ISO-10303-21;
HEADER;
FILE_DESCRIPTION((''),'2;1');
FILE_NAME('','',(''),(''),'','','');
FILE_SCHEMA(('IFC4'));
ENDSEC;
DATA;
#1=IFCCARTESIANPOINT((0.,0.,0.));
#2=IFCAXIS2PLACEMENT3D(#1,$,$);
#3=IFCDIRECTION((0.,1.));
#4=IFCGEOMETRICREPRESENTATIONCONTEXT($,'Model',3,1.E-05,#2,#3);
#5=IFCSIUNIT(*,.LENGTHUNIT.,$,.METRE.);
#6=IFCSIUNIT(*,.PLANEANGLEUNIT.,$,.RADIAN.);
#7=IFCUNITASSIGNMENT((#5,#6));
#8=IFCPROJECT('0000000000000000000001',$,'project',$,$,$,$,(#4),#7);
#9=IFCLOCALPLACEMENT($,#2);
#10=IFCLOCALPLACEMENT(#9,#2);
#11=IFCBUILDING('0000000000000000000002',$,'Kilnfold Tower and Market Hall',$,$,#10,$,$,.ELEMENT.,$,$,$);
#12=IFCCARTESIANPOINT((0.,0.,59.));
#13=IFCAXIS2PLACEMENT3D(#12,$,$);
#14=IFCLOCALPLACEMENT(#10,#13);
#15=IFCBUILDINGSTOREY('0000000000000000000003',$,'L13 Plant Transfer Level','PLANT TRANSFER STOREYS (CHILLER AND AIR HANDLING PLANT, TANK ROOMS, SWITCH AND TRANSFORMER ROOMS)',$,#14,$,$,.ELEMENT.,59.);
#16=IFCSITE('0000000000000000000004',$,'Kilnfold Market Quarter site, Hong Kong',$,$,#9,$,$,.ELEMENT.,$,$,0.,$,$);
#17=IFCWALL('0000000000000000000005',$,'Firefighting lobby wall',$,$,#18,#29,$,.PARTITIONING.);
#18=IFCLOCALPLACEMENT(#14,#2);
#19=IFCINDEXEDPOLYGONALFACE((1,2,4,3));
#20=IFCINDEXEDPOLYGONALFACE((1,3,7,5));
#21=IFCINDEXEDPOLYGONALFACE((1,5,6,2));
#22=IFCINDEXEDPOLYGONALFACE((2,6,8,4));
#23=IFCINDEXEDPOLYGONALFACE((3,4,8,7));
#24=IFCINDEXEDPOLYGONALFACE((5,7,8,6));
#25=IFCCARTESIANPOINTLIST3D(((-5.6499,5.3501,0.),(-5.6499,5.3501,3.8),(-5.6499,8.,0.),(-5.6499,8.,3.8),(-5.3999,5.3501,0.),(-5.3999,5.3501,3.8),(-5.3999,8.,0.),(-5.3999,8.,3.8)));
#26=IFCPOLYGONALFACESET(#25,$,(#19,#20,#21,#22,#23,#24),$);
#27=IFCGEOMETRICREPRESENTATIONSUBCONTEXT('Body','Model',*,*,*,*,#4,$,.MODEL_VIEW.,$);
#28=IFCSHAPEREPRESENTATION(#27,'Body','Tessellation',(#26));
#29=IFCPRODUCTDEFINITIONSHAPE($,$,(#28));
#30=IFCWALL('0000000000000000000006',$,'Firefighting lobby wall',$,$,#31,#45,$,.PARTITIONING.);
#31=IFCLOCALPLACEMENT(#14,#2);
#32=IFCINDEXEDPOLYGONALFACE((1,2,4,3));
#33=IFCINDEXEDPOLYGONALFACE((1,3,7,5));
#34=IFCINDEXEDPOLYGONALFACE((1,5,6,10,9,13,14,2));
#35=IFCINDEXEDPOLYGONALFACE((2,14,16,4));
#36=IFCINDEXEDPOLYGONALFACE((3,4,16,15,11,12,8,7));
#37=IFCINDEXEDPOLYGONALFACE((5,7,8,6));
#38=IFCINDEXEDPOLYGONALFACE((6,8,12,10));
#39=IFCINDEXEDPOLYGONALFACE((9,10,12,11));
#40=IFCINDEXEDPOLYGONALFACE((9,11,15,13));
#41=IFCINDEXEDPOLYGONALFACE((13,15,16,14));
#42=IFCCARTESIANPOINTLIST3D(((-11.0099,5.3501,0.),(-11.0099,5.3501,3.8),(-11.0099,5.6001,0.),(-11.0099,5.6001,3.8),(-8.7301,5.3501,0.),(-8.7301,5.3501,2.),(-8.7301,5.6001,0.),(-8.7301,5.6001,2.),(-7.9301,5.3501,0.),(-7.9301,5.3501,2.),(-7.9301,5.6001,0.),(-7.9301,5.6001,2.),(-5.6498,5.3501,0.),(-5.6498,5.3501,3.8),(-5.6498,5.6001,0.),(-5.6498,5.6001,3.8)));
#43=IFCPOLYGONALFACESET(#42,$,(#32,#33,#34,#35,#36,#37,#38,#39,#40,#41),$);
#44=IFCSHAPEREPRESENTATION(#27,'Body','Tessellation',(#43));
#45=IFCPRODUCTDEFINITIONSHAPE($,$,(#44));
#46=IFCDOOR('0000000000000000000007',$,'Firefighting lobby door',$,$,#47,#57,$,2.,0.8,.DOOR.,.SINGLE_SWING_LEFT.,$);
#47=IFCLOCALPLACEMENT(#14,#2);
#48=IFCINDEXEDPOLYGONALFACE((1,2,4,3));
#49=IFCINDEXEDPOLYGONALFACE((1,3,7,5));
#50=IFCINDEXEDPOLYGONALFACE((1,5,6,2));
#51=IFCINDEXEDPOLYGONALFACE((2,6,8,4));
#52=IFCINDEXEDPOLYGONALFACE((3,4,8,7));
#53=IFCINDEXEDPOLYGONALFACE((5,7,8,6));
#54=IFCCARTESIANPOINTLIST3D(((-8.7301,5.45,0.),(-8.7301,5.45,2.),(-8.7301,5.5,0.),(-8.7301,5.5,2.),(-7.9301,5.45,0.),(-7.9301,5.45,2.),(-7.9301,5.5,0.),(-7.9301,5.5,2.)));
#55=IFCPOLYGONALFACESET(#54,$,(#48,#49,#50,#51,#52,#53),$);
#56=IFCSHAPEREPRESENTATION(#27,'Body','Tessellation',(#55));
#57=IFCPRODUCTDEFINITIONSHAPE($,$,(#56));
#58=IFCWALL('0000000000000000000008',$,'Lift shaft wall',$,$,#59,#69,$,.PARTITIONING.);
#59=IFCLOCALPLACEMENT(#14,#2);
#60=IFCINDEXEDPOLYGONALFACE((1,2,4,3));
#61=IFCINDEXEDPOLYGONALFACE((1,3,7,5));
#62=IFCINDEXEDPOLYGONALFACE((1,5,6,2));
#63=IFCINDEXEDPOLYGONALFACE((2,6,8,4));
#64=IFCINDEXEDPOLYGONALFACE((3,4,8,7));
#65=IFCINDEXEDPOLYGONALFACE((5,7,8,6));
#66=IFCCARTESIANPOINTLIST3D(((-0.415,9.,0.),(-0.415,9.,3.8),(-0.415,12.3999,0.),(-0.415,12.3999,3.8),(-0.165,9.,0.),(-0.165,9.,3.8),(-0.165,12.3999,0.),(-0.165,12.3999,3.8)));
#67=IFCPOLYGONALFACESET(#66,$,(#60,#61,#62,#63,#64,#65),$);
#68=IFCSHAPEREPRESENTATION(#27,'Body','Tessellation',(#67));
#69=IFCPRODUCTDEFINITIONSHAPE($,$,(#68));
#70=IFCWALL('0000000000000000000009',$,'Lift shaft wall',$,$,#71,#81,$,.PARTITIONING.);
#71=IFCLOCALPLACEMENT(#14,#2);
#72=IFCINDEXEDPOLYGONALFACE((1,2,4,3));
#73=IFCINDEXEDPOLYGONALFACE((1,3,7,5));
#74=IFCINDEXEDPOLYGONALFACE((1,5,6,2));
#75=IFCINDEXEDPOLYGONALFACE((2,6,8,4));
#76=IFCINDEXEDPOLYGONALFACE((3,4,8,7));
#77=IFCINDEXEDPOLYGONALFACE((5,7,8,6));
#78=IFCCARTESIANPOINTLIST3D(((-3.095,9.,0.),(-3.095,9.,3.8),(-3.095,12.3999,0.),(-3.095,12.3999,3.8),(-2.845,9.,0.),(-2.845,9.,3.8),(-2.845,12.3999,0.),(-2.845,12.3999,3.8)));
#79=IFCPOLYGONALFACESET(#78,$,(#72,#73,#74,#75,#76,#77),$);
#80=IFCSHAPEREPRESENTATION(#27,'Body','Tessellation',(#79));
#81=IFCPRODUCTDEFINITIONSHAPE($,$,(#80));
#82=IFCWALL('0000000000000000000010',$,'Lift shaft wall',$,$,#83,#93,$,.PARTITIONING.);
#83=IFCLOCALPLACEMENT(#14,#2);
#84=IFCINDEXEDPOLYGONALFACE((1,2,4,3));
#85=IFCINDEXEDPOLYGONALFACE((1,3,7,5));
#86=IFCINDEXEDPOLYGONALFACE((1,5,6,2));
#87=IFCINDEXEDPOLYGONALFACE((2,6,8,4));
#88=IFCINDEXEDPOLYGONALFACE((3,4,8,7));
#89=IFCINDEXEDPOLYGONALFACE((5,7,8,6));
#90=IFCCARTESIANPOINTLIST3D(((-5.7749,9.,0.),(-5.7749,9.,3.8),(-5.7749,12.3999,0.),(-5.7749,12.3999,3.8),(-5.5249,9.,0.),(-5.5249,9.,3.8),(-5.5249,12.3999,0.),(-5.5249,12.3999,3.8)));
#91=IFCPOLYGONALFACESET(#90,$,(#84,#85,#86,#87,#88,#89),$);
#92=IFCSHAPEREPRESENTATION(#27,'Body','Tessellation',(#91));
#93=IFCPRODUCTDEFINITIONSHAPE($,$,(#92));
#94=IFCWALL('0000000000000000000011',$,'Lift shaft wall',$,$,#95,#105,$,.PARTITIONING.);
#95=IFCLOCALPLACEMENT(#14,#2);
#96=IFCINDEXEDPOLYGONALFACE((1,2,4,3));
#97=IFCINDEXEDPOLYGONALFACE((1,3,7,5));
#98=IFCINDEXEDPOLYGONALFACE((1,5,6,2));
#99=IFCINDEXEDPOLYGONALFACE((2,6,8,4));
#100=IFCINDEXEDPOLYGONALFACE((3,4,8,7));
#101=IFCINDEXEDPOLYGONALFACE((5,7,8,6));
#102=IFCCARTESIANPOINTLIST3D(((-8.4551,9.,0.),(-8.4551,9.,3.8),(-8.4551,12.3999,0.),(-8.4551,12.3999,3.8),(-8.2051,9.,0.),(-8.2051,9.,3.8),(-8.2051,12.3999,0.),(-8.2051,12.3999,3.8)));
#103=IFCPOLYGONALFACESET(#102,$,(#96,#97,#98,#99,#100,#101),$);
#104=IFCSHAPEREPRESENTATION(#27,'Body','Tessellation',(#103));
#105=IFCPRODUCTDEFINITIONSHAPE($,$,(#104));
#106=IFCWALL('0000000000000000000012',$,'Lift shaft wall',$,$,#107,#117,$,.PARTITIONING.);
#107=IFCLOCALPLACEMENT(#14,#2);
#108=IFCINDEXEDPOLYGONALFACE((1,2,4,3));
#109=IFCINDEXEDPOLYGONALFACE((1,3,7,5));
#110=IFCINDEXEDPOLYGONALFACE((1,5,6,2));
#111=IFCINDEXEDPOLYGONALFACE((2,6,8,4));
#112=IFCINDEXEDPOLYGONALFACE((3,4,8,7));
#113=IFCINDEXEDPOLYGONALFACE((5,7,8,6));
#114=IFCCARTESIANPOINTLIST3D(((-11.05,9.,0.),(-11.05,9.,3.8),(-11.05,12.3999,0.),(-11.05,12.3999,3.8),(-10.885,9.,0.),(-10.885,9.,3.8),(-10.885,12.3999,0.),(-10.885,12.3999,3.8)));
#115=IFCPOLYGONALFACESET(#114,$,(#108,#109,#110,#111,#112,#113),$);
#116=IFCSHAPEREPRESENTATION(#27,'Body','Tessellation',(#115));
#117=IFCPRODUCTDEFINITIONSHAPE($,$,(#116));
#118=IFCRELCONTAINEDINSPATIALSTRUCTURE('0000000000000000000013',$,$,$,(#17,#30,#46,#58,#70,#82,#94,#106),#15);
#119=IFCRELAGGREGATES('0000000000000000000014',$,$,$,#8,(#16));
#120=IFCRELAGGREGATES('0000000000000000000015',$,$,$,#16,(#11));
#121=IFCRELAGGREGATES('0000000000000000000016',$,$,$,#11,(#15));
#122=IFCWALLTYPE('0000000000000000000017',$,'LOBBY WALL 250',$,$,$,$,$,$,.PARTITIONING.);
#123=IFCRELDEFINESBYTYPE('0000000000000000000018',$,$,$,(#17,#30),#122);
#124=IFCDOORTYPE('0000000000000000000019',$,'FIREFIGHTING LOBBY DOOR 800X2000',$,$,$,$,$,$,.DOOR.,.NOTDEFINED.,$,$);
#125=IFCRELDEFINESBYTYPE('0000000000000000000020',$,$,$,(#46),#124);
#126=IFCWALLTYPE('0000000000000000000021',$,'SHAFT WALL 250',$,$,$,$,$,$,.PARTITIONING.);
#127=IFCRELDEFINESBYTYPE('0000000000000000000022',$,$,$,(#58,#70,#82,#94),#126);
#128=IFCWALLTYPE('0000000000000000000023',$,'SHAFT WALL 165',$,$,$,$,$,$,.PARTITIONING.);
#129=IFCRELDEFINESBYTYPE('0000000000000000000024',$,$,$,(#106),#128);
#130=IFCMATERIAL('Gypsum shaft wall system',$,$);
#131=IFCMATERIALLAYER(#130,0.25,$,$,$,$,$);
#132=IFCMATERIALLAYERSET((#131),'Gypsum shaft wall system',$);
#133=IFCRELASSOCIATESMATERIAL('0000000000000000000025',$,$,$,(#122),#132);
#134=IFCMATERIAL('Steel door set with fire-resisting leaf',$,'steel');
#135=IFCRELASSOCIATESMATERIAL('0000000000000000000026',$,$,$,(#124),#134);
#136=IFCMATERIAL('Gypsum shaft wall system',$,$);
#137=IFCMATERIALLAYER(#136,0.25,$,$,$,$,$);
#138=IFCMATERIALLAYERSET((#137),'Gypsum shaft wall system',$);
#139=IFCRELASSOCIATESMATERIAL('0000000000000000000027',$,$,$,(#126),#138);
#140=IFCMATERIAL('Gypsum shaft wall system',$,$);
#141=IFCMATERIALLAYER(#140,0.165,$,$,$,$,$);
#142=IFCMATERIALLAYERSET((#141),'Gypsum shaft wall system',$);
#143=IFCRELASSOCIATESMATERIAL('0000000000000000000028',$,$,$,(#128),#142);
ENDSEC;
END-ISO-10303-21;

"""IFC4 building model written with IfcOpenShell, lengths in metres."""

from ifc_helpers import new_model, si_unit, direction, frame, frame_2d, origin, place, context, subcontext, project, spatial, rectangle, extrude, source, transform, mapped, material, layer, layer_set, type_object, element, fill, save


model = new_model("IFC4")

# Units and contexts
model_context = context("Model", 3, precision=1e-05, world=origin(), true_north=direction((0.0, 1.0)))
body_context = subcontext(model_context, "Body", "Model", "MODEL_VIEW")
ifc_project = project(units=[si_unit("LENGTHUNIT", "METRE"), si_unit("PLANEANGLEUNIT", "RADIAN")], contexts=[model_context])

# Site, building, storey
site_placement = place(None, origin())
site = spatial("IfcSite", under=ifc_project, at=site_placement, Name="Kilnfold Market Quarter site, Hong Kong", CompositionType="ELEMENT", RefElevation=0.0)
building_placement = place(site_placement, origin())
building = spatial("IfcBuilding", under=site, at=building_placement, Name="Kilnfold Tower and Market Hall", CompositionType="ELEMENT")
storey_placement = place(building_placement, frame((0.0, 0.0, 59.0)))
storey = spatial("IfcBuildingStorey", under=building, at=storey_placement, Name="L13 Plant Transfer Level", Description="PLANT TRANSFER STOREYS (CHILLER AND AIR HANDLING PLANT, TANK ROOMS, SWITCH AND TRANSFORMER ROOMS)", CompositionType="ELEMENT", Elevation=59.0)

# Wall
ifc_material_1 = material(Name="Gypsum shaft wall system")
ifc_layer_1 = layer(ifc_material_1, 0.25)
ifc_layer_set_1 = layer_set([ifc_layer_1], Name="Gypsum shaft wall system")
wall_type_1 = type_object("IfcWallType", Name="LOBBY WALL 250", PredefinedType="PARTITIONING", material=ifc_layer_set_1)
shared_shape_1 = source(origin(), body_context, "Body", "SweptSolid", [
    extrude(rectangle(XDim=2.6499, YDim=0.25, at=frame_2d((1.325, 0.0))), origin(), (0.0, 0.0, 1.0), 3.8),
])
wall_1_placement = place(storey_placement, frame((-5.5249, 5.3501, 0.0), z_axis=(0.0, 0.0, 1.0), x_axis=(0.0, 1.0, 0.0)))
element("IfcWall", 1, at=wall_1_placement, inside=storey, type_object=wall_type_1, Name="Firefighting lobby wall", PredefinedType="PARTITIONING", context=body_context, shape_type="MappedRepresentation", body=[
    mapped(shared_shape_1, transform((0.0, 0.0, 0.0))),
])

# Wall, opening, door
shared_shape_2 = source(origin(), body_context, "Body", "SweptSolid", [
    extrude(rectangle(XDim=5.3601, YDim=0.25, at=frame_2d((2.6802, 0.0))), origin(), (0.0, 0.0, 1.0), 3.8),
])
wall_2_placement = place(storey_placement, frame((-11.01, 5.4751, 0.0), z_axis=(0.0, 0.0, 1.0), x_axis=(1.0, 0.0, 0.0)))
wall_2 = element("IfcWall", 2, at=wall_2_placement, inside=storey, type_object=wall_type_1, Name="Firefighting lobby wall", PredefinedType="PARTITIONING", context=body_context, shape_type="MappedRepresentation", body=[
    mapped(shared_shape_2, transform((0.0, 0.0, 0.0))),
])
opening_1_placement = place(wall_2_placement, frame((2.28, 0.0, 0.0)))
opening_1 = element("IfcOpeningElement", 3, at=opening_1_placement, cuts=wall_2, PredefinedType="OPENING", context=body_context, shape_type="SweptSolid", body=[
    extrude(rectangle(XDim=0.8, YDim=2.0, at=frame_2d((0.3999, 1.0))), frame((0.0, 0.135, 0.0), z_axis=(0.0, -1.0, 0.0), x_axis=(1.0, 0.0, 0.0)), (0.0, 0.0, 1.0), 0.27),
])
ifc_material_2 = material(Name="Steel door set with fire-resisting leaf", Category="steel")
door_type_1 = type_object("IfcDoorType", Name="FIREFIGHTING LOBBY DOOR 800X2000", OperationType="NOTDEFINED", PredefinedType="DOOR", material=ifc_material_2)
door_1_placement = place(opening_1_placement, origin())
door_1 = element("IfcDoor", 4, at=door_1_placement, inside=storey, type_object=door_type_1, Name="Firefighting lobby door", OperationType="SINGLE_SWING_LEFT", OverallHeight=2.0, OverallWidth=0.8, PredefinedType="DOOR", context=body_context, shape_type="SweptSolid", body=[
    extrude(rectangle(XDim=0.8, YDim=2.0, at=frame_2d((0.3999, 1.0))), frame((0.0, 0.0249, 0.0), z_axis=(0.0, -1.0, 0.0), x_axis=(1.0, 0.0, 0.0)), (0.0, 0.0, 1.0), 0.05),
])
fill(opening_1, door_1)

# Walls
ifc_material_3 = material(Name="Gypsum shaft wall system")
ifc_layer_2 = layer(ifc_material_3, 0.25)
ifc_layer_set_2 = layer_set([ifc_layer_2], Name="Gypsum shaft wall system")
wall_type_2 = type_object("IfcWallType", Name="SHAFT WALL 250", PredefinedType="PARTITIONING", material=ifc_layer_set_2)
shared_shape_3 = source(origin(), body_context, "Body", "SweptSolid", [
    extrude(rectangle(XDim=3.3999, YDim=0.25, at=frame_2d((1.7, 0.0))), origin(), (0.0, 0.0, 1.0), 3.8),
])
for number, where, z_axis, x_axis, name in (
    (5, (-0.29, 9.0, 0.0), (0.0, 0.0, 1.0), (0.0, 1.0, 0.0), "Lift shaft wall"),
    (6, (-2.97, 9.0, 0.0), (0.0, 0.0, 1.0), (0.0, 1.0, 0.0), "Lift shaft wall"),
    (7, (-5.6499, 9.0, 0.0), (0.0, 0.0, 1.0), (0.0, 1.0, 0.0), "Lift shaft wall"),
    (8, (-8.3301, 9.0, 0.0), (0.0, 0.0, 1.0), (0.0, 1.0, 0.0), "Lift shaft wall"),
):
    element("IfcWall", number, at=place(storey_placement, frame(where, z_axis=z_axis, x_axis=x_axis)), inside=storey, type_object=wall_type_2, Name=name, PredefinedType="PARTITIONING", context=body_context, shape_type="MappedRepresentation", body=[
        mapped(shared_shape_3, transform((0.0, 0.0, 0.0))),
    ])
ifc_material_4 = material(Name="Gypsum shaft wall system")
ifc_layer_3 = layer(ifc_material_4, 0.165)
ifc_layer_set_3 = layer_set([ifc_layer_3], Name="Gypsum shaft wall system")
wall_type_3 = type_object("IfcWallType", Name="SHAFT WALL 165", PredefinedType="PARTITIONING", material=ifc_layer_set_3)
shared_shape_4 = source(origin(), body_context, "Body", "SweptSolid", [
    extrude(rectangle(XDim=3.3999, YDim=0.165, at=frame_2d((1.7, 0.0))), origin(), (0.0, 0.0, 1.0), 3.8),
])
wall_3_placement = place(storey_placement, frame((-10.9675, 9.0, 0.0), z_axis=(0.0, 0.0, 1.0), x_axis=(0.0, 1.0, 0.0)))
element("IfcWall", 9, at=wall_3_placement, inside=storey, type_object=wall_type_3, Name="Lift shaft wall", PredefinedType="PARTITIONING", context=body_context, shape_type="MappedRepresentation", body=[
    mapped(shared_shape_4, transform((0.0, 0.0, 0.0))),
])

save(model, "model.ifc")
